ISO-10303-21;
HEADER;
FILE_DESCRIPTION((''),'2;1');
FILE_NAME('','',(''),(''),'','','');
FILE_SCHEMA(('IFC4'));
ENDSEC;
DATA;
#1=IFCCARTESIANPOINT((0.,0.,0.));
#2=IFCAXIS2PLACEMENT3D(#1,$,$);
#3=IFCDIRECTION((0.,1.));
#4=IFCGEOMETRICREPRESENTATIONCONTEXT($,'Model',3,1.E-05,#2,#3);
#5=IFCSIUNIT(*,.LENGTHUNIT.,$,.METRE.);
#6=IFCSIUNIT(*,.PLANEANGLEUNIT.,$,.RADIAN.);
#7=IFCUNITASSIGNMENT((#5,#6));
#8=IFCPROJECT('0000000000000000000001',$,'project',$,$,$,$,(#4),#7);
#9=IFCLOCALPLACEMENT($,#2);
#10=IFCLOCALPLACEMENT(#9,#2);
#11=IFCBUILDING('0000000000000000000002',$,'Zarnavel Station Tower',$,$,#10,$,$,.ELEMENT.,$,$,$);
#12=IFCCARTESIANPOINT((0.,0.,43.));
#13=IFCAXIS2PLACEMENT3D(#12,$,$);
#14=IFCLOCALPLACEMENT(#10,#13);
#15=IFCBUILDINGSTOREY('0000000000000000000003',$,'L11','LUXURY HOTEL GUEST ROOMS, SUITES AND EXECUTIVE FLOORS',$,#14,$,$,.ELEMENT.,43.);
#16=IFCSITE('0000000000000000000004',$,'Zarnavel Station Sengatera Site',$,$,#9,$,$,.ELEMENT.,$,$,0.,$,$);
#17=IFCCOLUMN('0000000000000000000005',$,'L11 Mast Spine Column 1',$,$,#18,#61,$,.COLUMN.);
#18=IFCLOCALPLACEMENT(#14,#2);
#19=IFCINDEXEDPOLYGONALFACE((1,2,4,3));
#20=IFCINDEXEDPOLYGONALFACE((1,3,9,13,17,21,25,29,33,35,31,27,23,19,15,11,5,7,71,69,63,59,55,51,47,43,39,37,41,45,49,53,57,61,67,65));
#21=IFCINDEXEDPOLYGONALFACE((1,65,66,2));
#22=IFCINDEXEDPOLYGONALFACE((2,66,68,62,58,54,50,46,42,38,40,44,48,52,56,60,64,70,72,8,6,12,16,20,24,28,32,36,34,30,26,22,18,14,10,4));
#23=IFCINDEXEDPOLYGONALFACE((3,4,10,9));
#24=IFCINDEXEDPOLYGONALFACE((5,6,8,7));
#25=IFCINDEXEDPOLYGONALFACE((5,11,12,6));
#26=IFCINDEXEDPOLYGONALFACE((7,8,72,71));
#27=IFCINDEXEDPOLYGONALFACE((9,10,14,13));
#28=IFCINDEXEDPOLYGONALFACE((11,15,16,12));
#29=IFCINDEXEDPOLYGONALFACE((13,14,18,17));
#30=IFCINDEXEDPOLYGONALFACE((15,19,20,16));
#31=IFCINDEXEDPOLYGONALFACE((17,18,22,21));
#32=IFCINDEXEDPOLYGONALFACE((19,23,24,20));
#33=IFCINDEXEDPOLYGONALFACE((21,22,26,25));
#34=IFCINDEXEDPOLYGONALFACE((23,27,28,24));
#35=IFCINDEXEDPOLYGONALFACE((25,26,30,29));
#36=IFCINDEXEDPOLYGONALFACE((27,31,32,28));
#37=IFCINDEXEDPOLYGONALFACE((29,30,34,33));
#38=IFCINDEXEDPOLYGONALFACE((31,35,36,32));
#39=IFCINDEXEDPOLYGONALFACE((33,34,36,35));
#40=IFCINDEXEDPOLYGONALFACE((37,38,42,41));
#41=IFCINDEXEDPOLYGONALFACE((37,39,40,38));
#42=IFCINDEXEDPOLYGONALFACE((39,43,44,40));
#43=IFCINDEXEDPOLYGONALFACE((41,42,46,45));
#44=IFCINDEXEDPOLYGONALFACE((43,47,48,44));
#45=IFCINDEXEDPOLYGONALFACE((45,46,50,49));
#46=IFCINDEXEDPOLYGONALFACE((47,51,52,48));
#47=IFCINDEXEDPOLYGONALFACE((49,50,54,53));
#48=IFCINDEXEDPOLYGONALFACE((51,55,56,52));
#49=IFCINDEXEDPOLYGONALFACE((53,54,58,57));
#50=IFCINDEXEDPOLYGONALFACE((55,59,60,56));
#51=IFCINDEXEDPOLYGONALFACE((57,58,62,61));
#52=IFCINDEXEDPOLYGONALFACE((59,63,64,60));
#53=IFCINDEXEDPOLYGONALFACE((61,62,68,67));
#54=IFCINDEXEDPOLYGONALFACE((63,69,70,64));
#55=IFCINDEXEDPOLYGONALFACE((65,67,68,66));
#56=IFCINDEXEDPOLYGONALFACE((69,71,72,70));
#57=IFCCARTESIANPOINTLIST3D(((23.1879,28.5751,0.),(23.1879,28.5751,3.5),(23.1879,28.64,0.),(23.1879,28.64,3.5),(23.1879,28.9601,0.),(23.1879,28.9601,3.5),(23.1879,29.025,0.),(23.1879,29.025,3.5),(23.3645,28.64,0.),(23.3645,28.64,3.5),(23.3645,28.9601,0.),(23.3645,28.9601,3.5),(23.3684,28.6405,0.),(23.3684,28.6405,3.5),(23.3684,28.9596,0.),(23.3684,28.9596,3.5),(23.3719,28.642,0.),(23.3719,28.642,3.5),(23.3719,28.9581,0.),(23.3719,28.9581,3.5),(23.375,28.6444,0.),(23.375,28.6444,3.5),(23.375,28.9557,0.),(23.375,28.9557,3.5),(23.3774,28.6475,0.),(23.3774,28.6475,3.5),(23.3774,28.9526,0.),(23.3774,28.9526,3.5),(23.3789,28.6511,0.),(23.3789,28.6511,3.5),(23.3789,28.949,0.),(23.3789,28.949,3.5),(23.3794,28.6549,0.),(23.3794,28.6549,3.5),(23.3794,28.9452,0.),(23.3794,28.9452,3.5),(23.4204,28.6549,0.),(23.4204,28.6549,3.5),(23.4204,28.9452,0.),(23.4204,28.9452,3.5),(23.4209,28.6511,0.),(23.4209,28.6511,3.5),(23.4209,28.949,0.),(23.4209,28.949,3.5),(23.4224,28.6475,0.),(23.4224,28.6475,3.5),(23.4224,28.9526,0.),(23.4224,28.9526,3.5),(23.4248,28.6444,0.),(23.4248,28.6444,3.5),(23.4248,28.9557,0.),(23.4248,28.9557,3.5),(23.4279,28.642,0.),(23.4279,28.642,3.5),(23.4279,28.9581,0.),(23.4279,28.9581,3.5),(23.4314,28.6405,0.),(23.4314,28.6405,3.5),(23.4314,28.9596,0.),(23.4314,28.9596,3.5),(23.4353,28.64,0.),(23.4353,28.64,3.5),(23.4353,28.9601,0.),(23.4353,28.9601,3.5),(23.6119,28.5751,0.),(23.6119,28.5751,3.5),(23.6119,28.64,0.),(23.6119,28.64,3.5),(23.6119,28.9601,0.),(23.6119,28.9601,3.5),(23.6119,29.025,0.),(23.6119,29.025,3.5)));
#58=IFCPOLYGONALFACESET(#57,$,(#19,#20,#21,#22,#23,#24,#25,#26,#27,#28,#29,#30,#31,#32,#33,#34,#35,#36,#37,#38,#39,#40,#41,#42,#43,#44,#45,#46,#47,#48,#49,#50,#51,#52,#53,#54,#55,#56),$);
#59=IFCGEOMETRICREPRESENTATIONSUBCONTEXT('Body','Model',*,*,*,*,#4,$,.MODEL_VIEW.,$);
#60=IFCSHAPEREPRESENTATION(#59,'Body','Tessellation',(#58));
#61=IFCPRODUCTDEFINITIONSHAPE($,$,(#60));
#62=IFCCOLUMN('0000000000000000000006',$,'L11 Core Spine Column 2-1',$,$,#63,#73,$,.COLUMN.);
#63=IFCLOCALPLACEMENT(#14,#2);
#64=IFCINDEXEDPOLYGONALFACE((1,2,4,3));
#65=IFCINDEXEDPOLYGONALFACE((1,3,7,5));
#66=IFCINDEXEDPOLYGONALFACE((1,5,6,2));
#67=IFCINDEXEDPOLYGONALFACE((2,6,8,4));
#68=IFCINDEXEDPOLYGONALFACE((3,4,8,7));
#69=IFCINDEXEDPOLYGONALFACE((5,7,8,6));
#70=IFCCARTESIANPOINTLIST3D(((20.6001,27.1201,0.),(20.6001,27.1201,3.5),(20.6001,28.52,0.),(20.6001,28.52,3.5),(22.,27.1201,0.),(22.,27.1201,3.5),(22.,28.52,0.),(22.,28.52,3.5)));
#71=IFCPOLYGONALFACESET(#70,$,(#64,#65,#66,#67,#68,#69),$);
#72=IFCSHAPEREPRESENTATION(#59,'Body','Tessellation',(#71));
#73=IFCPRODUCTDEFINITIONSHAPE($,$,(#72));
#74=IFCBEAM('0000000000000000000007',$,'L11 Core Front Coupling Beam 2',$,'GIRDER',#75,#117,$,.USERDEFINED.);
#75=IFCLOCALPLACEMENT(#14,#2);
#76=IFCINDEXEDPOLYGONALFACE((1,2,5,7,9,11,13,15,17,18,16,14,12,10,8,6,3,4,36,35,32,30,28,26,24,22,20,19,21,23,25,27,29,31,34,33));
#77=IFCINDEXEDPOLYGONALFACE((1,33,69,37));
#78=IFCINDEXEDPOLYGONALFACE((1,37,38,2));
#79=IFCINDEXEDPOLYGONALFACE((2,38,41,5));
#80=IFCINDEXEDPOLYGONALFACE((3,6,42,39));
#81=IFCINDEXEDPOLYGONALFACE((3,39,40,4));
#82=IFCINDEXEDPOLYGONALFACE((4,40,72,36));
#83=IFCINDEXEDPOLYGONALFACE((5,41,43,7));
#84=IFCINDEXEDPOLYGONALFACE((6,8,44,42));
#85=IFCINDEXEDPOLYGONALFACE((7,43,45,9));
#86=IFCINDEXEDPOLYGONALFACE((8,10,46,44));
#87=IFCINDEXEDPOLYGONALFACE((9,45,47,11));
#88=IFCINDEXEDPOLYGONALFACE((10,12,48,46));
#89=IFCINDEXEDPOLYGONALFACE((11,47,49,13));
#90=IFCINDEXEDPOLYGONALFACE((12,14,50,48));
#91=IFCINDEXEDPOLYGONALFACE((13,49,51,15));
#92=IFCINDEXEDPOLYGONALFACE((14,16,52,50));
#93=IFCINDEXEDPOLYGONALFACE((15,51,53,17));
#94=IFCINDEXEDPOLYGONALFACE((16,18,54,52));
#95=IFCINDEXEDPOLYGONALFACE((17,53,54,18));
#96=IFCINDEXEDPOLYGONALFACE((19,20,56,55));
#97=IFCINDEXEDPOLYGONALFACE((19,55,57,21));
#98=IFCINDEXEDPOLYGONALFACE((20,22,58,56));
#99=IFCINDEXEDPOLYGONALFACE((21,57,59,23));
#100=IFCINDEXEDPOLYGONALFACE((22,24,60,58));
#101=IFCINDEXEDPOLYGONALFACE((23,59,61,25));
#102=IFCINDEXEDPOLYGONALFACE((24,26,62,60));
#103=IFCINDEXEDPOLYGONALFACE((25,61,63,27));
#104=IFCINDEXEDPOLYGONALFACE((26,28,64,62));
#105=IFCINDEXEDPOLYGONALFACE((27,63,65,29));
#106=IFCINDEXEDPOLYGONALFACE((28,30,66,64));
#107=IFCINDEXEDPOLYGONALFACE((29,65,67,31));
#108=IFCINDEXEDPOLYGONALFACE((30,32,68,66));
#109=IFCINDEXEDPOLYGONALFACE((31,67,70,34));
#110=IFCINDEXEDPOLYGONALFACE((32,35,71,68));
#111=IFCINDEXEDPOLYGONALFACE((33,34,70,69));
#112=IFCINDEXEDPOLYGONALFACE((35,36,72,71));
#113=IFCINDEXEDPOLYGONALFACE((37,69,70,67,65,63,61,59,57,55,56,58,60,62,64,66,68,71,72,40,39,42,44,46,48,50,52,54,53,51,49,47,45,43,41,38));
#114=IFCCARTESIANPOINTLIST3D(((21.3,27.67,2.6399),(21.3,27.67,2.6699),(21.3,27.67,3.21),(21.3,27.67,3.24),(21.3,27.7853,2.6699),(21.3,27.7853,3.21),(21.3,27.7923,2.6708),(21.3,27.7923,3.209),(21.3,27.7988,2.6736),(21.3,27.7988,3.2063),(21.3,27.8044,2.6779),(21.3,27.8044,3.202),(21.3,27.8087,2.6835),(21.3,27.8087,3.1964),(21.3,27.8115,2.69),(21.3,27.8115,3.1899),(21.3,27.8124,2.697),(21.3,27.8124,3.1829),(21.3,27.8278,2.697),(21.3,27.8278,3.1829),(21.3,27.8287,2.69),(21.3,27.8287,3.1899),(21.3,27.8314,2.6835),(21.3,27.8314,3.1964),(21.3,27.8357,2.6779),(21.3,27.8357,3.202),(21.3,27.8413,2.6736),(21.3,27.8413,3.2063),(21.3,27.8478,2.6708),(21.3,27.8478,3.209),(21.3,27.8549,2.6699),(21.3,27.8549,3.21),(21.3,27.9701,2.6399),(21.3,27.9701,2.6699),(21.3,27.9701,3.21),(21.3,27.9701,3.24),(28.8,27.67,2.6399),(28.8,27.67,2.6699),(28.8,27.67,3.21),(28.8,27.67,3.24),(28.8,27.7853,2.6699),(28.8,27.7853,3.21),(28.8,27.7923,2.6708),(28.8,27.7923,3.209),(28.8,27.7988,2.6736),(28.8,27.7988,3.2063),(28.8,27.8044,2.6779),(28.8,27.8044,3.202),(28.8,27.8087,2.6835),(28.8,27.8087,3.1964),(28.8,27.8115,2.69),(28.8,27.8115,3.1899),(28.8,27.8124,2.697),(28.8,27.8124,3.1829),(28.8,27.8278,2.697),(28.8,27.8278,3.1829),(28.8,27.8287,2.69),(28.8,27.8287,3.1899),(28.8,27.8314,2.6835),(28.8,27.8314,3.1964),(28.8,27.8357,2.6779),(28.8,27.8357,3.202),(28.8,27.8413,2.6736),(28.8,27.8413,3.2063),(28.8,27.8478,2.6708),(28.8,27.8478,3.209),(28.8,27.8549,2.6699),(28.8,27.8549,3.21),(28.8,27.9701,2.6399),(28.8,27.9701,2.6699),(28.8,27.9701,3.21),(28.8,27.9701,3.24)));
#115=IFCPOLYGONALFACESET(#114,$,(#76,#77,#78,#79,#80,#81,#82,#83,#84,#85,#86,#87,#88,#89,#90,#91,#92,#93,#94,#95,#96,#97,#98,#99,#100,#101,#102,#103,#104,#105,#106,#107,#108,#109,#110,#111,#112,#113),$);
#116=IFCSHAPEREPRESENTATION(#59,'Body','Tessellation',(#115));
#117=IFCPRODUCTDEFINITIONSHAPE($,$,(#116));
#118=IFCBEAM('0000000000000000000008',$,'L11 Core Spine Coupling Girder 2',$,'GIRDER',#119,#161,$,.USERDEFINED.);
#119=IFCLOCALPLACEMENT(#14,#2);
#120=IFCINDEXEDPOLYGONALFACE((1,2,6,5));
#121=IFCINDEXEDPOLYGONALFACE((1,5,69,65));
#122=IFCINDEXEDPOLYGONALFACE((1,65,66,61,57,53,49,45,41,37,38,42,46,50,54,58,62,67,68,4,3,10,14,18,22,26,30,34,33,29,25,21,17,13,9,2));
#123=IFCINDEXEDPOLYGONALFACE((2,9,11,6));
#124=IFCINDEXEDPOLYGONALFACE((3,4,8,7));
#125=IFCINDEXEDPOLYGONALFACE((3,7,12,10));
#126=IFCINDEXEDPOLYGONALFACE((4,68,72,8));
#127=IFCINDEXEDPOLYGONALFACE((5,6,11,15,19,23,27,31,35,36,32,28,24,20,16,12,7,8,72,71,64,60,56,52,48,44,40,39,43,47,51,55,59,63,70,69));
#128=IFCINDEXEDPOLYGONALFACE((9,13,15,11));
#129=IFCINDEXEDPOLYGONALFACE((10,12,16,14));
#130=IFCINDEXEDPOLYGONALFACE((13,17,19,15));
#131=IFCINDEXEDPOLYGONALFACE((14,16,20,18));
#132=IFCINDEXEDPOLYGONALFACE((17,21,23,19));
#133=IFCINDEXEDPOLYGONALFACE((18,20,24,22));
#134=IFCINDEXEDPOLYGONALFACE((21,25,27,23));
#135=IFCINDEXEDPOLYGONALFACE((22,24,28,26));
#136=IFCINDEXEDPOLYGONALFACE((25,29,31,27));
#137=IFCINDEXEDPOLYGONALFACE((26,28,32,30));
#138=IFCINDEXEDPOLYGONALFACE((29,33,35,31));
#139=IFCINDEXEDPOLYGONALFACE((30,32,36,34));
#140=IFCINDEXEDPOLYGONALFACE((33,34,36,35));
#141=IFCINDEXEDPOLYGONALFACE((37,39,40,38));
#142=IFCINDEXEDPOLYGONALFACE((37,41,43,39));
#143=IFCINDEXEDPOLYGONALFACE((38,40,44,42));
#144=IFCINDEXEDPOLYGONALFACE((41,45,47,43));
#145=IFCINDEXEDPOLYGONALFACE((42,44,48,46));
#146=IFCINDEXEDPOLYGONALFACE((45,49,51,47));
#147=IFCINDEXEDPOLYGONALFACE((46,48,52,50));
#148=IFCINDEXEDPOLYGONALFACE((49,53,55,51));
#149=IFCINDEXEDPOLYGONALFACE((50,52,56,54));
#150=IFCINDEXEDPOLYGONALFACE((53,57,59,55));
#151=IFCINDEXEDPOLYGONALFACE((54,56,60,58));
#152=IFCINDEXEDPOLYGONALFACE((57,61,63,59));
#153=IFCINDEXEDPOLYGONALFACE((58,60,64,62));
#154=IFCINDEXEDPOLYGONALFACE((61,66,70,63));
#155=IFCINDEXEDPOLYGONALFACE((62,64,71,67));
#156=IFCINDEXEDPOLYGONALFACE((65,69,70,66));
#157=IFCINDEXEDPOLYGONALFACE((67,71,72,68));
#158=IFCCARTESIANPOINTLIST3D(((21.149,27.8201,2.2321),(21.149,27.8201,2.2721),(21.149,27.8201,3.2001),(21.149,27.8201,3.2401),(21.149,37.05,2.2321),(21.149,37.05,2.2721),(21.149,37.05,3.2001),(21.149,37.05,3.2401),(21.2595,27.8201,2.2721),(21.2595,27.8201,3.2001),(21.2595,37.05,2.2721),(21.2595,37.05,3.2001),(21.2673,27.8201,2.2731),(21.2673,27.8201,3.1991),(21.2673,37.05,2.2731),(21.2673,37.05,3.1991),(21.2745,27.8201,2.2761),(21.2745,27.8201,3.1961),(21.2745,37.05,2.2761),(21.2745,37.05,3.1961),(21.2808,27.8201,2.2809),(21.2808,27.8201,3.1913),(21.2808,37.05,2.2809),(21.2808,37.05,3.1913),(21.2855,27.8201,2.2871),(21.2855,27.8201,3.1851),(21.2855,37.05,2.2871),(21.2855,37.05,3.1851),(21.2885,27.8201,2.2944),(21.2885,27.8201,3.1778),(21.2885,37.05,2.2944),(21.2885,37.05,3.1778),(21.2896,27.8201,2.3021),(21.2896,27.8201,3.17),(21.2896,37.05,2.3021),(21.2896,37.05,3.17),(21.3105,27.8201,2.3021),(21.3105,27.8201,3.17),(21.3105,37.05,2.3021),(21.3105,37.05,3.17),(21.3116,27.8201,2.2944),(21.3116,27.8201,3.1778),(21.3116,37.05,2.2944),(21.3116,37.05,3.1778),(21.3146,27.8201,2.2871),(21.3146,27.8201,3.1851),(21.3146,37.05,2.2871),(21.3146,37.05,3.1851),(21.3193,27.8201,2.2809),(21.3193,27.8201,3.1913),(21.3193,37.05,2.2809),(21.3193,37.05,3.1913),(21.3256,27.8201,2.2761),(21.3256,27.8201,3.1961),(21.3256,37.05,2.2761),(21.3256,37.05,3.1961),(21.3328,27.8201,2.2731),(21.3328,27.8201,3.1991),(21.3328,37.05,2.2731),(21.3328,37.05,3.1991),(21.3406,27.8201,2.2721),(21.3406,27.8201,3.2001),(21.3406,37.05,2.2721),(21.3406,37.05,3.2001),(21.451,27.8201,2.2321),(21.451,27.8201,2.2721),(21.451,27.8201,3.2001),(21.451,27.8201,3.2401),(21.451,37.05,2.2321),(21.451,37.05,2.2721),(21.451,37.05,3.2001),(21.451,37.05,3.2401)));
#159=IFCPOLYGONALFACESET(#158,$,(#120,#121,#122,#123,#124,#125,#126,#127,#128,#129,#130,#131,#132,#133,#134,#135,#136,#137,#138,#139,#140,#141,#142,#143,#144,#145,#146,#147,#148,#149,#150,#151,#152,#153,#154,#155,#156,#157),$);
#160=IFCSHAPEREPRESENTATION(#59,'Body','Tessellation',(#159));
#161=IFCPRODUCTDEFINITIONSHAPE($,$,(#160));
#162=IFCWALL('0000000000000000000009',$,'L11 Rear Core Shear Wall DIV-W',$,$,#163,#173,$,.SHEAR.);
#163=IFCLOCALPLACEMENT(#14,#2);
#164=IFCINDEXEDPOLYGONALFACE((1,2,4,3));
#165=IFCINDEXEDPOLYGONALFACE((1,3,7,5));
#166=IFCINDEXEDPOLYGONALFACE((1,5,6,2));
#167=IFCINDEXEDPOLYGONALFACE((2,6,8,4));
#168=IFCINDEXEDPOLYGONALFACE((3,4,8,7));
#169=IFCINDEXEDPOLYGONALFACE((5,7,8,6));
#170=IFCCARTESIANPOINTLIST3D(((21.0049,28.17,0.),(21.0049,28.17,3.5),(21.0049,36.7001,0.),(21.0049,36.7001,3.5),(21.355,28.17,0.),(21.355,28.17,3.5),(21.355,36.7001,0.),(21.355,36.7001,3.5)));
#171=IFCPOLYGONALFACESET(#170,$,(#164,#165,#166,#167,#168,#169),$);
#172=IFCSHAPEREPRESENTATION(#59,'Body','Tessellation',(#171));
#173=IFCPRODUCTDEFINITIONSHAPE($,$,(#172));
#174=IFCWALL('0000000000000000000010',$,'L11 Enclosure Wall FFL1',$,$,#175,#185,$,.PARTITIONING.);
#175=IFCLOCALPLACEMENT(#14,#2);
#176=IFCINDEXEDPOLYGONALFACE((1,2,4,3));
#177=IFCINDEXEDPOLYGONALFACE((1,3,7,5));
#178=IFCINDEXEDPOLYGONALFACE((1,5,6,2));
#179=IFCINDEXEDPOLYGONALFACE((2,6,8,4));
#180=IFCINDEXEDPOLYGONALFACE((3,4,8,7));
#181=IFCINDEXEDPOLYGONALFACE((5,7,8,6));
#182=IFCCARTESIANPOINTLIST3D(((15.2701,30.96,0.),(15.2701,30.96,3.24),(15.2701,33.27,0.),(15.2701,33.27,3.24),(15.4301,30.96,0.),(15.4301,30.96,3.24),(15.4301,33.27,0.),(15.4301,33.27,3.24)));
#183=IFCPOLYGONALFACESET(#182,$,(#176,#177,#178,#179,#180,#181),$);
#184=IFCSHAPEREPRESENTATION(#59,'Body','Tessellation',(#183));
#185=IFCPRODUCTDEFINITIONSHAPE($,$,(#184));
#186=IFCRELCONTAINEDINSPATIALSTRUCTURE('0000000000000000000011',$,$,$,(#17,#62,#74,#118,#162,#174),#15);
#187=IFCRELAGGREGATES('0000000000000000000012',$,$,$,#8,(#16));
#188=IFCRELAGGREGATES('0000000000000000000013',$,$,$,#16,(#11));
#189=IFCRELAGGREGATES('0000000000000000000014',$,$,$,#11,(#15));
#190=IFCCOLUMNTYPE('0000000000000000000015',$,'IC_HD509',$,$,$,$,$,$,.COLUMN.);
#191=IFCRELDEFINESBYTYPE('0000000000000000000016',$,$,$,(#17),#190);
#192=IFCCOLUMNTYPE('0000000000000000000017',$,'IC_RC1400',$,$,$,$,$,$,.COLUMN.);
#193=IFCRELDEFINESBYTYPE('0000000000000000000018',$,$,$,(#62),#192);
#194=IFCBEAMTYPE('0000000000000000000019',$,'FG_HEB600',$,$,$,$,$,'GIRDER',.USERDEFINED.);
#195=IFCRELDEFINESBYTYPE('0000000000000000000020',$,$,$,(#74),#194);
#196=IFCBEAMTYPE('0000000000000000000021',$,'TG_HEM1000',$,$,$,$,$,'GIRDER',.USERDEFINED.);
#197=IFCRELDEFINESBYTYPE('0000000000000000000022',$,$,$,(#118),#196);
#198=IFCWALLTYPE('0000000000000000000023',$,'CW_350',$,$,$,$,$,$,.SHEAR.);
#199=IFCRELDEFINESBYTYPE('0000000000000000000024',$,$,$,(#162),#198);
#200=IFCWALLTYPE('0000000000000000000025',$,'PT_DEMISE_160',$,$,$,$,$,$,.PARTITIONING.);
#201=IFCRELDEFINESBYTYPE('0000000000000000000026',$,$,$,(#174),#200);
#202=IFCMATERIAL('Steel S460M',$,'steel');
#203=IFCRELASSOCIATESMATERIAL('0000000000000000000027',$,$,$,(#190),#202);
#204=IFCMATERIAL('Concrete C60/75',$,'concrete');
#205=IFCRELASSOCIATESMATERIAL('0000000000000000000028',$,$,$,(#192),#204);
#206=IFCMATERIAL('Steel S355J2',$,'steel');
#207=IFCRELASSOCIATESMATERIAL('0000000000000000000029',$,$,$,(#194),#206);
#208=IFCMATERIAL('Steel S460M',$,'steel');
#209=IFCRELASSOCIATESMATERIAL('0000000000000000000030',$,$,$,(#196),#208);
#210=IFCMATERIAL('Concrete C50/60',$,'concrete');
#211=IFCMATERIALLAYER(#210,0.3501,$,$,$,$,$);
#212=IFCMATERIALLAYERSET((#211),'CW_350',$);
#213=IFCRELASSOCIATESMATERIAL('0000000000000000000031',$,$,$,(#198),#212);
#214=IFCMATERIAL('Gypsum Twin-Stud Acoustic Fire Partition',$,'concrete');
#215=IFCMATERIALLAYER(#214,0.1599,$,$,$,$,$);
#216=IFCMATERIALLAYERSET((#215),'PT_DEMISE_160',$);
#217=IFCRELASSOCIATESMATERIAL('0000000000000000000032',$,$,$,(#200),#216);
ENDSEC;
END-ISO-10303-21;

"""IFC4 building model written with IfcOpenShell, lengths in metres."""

from ifc_helpers import new_model, si_unit, direction, frame, frame_2d, origin, origin_2d, place, context, subcontext, project, spatial, rectangle, i_section, extrude, material, layer, layer_set, material_profile, profile_set, type_object, element, save


model = new_model("IFC4")

# Units and contexts
model_context = context("Model", 3, precision=1e-05, world=origin(), true_north=direction((0.0, 1.0)))
body_context = subcontext(model_context, "Body", "Model", "MODEL_VIEW")
ifc_project = project(units=[si_unit("LENGTHUNIT", "METRE"), si_unit("PLANEANGLEUNIT", "RADIAN")], contexts=[model_context])

# Site, building, storey
site_placement = place(None, origin())
site = spatial("IfcSite", under=ifc_project, at=site_placement, Name="Zarnavel Station Sengatera Site", CompositionType="ELEMENT", RefElevation=0.0)
building_placement = place(site_placement, origin())
building = spatial("IfcBuilding", under=site, at=building_placement, Name="Zarnavel Station Tower", CompositionType="ELEMENT")
storey_placement = place(building_placement, frame((0.0, 0.0, 43.0)))
storey = spatial("IfcBuildingStorey", under=building, at=storey_placement, Name="L11", Description="LUXURY HOTEL GUEST ROOMS, SUITES AND EXECUTIVE FLOORS", CompositionType="ELEMENT", Elevation=43.0)

# Columns
ifc_material_1 = material(Name="Steel S460M", Category="steel")
ifc_material_profile_1 = material_profile(ifc_material_1, i_section(OverallWidth=0.4241, OverallDepth=0.45, WebThickness=0.041, FlangeThickness=0.0649, FilletRadius=0.0149, at=origin_2d()), Name="HD400x509")
ifc_profile_set_1 = profile_set([ifc_material_profile_1], Name="Steel S460M")
column_type_1 = type_object("IfcColumnType", Name="IC_HD509", PredefinedType="COLUMN", material=ifc_profile_set_1)
column_1_placement = place(storey_placement, frame((23.3999, 28.8, 0.0), z_axis=(0.0, 0.0, 1.0), x_axis=(1.0, 0.0, 0.0)))
element("IfcColumn", 1, at=column_1_placement, inside=storey, type_object=column_type_1, Name="L11 Mast Spine Column 1", PredefinedType="COLUMN", context=body_context, shape_type="SweptSolid", body=[
    extrude(i_section(OverallWidth=0.4241, OverallDepth=0.45, WebThickness=0.041, FlangeThickness=0.0649, FilletRadius=0.0149, at=origin_2d()), origin(), (0.0, 0.0, 1.0), 3.5),
])
ifc_material_2 = material(Name="Concrete C60/75", Category="concrete")
ifc_material_profile_2 = material_profile(ifc_material_2, rectangle(XDim=1.3999, YDim=1.3999, at=origin_2d()), Name="RC1400x1400")
ifc_profile_set_2 = profile_set([ifc_material_profile_2], Name="Concrete C60/75")
column_type_2 = type_object("IfcColumnType", Name="IC_RC1400", PredefinedType="COLUMN", material=ifc_profile_set_2)
column_2_placement = place(storey_placement, frame((21.3, 27.8201, 0.0), z_axis=(0.0, 0.0, 1.0), x_axis=(1.0, 0.0, 0.0)))
element("IfcColumn", 2, at=column_2_placement, inside=storey, type_object=column_type_2, Name="L11 Core Spine Column 2-1", PredefinedType="COLUMN", context=body_context, shape_type="SweptSolid", body=[
    extrude(rectangle(XDim=1.3999, YDim=1.3999, at=origin_2d()), origin(), (0.0, 0.0, 1.0), 3.5),
])

# Beams
ifc_material_3 = material(Name="Steel S355J2", Category="steel")
ifc_material_profile_3 = material_profile(ifc_material_3, i_section(OverallWidth=0.3, OverallDepth=0.6001, WebThickness=0.0154, FlangeThickness=0.03, FilletRadius=0.0271, at=origin_2d()), Name="HEB600")
ifc_profile_set_3 = profile_set([ifc_material_profile_3], Name="Steel S355J2")
beam_type_1 = type_object("IfcBeamType", Name="FG_HEB600", ElementType="GIRDER", PredefinedType="USERDEFINED", material=ifc_profile_set_3)
beam_1_placement = place(storey_placement, frame((21.3, 27.8201, 2.9399), z_axis=(1.0, 0.0, 0.0), x_axis=(0.0, 1.0, 0.0)))
element("IfcBeam", 3, at=beam_1_placement, inside=storey, type_object=beam_type_1, Name="L11 Core Front Coupling Beam 2", ObjectType="GIRDER", PredefinedType="USERDEFINED", context=body_context, shape_type="SweptSolid", body=[
    extrude(i_section(OverallWidth=0.3, OverallDepth=0.6001, WebThickness=0.0154, FlangeThickness=0.03, FilletRadius=0.0271, at=origin_2d()), origin(), (0.0, 0.0, 1.0), 7.5),
])
ifc_material_4 = material(Name="Steel S460M", Category="steel")
ifc_material_profile_4 = material_profile(ifc_material_4, i_section(OverallWidth=0.302, OverallDepth=1.0081, WebThickness=0.021, FlangeThickness=0.04, FilletRadius=0.03, at=origin_2d()), Name="HEM1000")
ifc_profile_set_4 = profile_set([ifc_material_profile_4], Name="Steel S460M")
beam_type_2 = type_object("IfcBeamType", Name="TG_HEM1000", ElementType="GIRDER", PredefinedType="USERDEFINED", material=ifc_profile_set_4)
beam_2_placement = place(storey_placement, frame((21.3, 27.8201, 2.7361), z_axis=(0.0, 1.0, 0.0), x_axis=(-1.0, 0.0, 0.0)))
element("IfcBeam", 4, at=beam_2_placement, inside=storey, type_object=beam_type_2, Name="L11 Core Spine Coupling Girder 2", ObjectType="GIRDER", PredefinedType="USERDEFINED", context=body_context, shape_type="SweptSolid", body=[
    extrude(i_section(OverallWidth=0.302, OverallDepth=1.0081, WebThickness=0.021, FlangeThickness=0.04, FilletRadius=0.03, at=origin_2d()), origin(), (0.0, 0.0, 1.0), 9.23),
])

# Wall
ifc_material_5 = material(Name="Concrete C50/60", Category="concrete")
ifc_layer_1 = layer(ifc_material_5, 0.3501)
ifc_layer_set_1 = layer_set([ifc_layer_1], Name="CW_350")
wall_type_1 = type_object("IfcWallType", Name="CW_350", PredefinedType="SHEAR", material=ifc_layer_set_1)
wall_1_placement = place(storey_placement, frame((21.1799, 28.1699, 0.0), z_axis=(0.0, 0.0, 1.0), x_axis=(0.0, 1.0, 0.0)))
element("IfcWall", 5, at=wall_1_placement, inside=storey, type_object=wall_type_1, Name="L11 Rear Core Shear Wall DIV-W", PredefinedType="SHEAR", context=body_context, shape_type="SweptSolid", body=[
    extrude(rectangle(XDim=8.53, YDim=0.3501, at=frame_2d((4.2651, 0.0))), origin(), (0.0, 0.0, 1.0), 3.5),
])

# Wall
ifc_material_6 = material(Name="Gypsum Twin-Stud Acoustic Fire Partition", Category="concrete")
ifc_layer_2 = layer(ifc_material_6, 0.1599)
ifc_layer_set_2 = layer_set([ifc_layer_2], Name="PT_DEMISE_160")
wall_type_2 = type_object("IfcWallType", Name="PT_DEMISE_160", PredefinedType="PARTITIONING", material=ifc_layer_set_2)
wall_2_placement = place(storey_placement, frame((15.3501, 30.96, 0.0), z_axis=(0.0, 0.0, 1.0), x_axis=(0.0, 1.0, 0.0)))
element("IfcWall", 6, at=wall_2_placement, inside=storey, type_object=wall_type_2, Name="L11 Enclosure Wall FFL1", PredefinedType="PARTITIONING", context=body_context, shape_type="SweptSolid", body=[
    extrude(rectangle(XDim=2.3101, YDim=0.1599, at=frame_2d((1.155, 0.0))), origin(), (0.0, 0.0, 1.0), 3.24),
])

save(model, "model.ifc")
